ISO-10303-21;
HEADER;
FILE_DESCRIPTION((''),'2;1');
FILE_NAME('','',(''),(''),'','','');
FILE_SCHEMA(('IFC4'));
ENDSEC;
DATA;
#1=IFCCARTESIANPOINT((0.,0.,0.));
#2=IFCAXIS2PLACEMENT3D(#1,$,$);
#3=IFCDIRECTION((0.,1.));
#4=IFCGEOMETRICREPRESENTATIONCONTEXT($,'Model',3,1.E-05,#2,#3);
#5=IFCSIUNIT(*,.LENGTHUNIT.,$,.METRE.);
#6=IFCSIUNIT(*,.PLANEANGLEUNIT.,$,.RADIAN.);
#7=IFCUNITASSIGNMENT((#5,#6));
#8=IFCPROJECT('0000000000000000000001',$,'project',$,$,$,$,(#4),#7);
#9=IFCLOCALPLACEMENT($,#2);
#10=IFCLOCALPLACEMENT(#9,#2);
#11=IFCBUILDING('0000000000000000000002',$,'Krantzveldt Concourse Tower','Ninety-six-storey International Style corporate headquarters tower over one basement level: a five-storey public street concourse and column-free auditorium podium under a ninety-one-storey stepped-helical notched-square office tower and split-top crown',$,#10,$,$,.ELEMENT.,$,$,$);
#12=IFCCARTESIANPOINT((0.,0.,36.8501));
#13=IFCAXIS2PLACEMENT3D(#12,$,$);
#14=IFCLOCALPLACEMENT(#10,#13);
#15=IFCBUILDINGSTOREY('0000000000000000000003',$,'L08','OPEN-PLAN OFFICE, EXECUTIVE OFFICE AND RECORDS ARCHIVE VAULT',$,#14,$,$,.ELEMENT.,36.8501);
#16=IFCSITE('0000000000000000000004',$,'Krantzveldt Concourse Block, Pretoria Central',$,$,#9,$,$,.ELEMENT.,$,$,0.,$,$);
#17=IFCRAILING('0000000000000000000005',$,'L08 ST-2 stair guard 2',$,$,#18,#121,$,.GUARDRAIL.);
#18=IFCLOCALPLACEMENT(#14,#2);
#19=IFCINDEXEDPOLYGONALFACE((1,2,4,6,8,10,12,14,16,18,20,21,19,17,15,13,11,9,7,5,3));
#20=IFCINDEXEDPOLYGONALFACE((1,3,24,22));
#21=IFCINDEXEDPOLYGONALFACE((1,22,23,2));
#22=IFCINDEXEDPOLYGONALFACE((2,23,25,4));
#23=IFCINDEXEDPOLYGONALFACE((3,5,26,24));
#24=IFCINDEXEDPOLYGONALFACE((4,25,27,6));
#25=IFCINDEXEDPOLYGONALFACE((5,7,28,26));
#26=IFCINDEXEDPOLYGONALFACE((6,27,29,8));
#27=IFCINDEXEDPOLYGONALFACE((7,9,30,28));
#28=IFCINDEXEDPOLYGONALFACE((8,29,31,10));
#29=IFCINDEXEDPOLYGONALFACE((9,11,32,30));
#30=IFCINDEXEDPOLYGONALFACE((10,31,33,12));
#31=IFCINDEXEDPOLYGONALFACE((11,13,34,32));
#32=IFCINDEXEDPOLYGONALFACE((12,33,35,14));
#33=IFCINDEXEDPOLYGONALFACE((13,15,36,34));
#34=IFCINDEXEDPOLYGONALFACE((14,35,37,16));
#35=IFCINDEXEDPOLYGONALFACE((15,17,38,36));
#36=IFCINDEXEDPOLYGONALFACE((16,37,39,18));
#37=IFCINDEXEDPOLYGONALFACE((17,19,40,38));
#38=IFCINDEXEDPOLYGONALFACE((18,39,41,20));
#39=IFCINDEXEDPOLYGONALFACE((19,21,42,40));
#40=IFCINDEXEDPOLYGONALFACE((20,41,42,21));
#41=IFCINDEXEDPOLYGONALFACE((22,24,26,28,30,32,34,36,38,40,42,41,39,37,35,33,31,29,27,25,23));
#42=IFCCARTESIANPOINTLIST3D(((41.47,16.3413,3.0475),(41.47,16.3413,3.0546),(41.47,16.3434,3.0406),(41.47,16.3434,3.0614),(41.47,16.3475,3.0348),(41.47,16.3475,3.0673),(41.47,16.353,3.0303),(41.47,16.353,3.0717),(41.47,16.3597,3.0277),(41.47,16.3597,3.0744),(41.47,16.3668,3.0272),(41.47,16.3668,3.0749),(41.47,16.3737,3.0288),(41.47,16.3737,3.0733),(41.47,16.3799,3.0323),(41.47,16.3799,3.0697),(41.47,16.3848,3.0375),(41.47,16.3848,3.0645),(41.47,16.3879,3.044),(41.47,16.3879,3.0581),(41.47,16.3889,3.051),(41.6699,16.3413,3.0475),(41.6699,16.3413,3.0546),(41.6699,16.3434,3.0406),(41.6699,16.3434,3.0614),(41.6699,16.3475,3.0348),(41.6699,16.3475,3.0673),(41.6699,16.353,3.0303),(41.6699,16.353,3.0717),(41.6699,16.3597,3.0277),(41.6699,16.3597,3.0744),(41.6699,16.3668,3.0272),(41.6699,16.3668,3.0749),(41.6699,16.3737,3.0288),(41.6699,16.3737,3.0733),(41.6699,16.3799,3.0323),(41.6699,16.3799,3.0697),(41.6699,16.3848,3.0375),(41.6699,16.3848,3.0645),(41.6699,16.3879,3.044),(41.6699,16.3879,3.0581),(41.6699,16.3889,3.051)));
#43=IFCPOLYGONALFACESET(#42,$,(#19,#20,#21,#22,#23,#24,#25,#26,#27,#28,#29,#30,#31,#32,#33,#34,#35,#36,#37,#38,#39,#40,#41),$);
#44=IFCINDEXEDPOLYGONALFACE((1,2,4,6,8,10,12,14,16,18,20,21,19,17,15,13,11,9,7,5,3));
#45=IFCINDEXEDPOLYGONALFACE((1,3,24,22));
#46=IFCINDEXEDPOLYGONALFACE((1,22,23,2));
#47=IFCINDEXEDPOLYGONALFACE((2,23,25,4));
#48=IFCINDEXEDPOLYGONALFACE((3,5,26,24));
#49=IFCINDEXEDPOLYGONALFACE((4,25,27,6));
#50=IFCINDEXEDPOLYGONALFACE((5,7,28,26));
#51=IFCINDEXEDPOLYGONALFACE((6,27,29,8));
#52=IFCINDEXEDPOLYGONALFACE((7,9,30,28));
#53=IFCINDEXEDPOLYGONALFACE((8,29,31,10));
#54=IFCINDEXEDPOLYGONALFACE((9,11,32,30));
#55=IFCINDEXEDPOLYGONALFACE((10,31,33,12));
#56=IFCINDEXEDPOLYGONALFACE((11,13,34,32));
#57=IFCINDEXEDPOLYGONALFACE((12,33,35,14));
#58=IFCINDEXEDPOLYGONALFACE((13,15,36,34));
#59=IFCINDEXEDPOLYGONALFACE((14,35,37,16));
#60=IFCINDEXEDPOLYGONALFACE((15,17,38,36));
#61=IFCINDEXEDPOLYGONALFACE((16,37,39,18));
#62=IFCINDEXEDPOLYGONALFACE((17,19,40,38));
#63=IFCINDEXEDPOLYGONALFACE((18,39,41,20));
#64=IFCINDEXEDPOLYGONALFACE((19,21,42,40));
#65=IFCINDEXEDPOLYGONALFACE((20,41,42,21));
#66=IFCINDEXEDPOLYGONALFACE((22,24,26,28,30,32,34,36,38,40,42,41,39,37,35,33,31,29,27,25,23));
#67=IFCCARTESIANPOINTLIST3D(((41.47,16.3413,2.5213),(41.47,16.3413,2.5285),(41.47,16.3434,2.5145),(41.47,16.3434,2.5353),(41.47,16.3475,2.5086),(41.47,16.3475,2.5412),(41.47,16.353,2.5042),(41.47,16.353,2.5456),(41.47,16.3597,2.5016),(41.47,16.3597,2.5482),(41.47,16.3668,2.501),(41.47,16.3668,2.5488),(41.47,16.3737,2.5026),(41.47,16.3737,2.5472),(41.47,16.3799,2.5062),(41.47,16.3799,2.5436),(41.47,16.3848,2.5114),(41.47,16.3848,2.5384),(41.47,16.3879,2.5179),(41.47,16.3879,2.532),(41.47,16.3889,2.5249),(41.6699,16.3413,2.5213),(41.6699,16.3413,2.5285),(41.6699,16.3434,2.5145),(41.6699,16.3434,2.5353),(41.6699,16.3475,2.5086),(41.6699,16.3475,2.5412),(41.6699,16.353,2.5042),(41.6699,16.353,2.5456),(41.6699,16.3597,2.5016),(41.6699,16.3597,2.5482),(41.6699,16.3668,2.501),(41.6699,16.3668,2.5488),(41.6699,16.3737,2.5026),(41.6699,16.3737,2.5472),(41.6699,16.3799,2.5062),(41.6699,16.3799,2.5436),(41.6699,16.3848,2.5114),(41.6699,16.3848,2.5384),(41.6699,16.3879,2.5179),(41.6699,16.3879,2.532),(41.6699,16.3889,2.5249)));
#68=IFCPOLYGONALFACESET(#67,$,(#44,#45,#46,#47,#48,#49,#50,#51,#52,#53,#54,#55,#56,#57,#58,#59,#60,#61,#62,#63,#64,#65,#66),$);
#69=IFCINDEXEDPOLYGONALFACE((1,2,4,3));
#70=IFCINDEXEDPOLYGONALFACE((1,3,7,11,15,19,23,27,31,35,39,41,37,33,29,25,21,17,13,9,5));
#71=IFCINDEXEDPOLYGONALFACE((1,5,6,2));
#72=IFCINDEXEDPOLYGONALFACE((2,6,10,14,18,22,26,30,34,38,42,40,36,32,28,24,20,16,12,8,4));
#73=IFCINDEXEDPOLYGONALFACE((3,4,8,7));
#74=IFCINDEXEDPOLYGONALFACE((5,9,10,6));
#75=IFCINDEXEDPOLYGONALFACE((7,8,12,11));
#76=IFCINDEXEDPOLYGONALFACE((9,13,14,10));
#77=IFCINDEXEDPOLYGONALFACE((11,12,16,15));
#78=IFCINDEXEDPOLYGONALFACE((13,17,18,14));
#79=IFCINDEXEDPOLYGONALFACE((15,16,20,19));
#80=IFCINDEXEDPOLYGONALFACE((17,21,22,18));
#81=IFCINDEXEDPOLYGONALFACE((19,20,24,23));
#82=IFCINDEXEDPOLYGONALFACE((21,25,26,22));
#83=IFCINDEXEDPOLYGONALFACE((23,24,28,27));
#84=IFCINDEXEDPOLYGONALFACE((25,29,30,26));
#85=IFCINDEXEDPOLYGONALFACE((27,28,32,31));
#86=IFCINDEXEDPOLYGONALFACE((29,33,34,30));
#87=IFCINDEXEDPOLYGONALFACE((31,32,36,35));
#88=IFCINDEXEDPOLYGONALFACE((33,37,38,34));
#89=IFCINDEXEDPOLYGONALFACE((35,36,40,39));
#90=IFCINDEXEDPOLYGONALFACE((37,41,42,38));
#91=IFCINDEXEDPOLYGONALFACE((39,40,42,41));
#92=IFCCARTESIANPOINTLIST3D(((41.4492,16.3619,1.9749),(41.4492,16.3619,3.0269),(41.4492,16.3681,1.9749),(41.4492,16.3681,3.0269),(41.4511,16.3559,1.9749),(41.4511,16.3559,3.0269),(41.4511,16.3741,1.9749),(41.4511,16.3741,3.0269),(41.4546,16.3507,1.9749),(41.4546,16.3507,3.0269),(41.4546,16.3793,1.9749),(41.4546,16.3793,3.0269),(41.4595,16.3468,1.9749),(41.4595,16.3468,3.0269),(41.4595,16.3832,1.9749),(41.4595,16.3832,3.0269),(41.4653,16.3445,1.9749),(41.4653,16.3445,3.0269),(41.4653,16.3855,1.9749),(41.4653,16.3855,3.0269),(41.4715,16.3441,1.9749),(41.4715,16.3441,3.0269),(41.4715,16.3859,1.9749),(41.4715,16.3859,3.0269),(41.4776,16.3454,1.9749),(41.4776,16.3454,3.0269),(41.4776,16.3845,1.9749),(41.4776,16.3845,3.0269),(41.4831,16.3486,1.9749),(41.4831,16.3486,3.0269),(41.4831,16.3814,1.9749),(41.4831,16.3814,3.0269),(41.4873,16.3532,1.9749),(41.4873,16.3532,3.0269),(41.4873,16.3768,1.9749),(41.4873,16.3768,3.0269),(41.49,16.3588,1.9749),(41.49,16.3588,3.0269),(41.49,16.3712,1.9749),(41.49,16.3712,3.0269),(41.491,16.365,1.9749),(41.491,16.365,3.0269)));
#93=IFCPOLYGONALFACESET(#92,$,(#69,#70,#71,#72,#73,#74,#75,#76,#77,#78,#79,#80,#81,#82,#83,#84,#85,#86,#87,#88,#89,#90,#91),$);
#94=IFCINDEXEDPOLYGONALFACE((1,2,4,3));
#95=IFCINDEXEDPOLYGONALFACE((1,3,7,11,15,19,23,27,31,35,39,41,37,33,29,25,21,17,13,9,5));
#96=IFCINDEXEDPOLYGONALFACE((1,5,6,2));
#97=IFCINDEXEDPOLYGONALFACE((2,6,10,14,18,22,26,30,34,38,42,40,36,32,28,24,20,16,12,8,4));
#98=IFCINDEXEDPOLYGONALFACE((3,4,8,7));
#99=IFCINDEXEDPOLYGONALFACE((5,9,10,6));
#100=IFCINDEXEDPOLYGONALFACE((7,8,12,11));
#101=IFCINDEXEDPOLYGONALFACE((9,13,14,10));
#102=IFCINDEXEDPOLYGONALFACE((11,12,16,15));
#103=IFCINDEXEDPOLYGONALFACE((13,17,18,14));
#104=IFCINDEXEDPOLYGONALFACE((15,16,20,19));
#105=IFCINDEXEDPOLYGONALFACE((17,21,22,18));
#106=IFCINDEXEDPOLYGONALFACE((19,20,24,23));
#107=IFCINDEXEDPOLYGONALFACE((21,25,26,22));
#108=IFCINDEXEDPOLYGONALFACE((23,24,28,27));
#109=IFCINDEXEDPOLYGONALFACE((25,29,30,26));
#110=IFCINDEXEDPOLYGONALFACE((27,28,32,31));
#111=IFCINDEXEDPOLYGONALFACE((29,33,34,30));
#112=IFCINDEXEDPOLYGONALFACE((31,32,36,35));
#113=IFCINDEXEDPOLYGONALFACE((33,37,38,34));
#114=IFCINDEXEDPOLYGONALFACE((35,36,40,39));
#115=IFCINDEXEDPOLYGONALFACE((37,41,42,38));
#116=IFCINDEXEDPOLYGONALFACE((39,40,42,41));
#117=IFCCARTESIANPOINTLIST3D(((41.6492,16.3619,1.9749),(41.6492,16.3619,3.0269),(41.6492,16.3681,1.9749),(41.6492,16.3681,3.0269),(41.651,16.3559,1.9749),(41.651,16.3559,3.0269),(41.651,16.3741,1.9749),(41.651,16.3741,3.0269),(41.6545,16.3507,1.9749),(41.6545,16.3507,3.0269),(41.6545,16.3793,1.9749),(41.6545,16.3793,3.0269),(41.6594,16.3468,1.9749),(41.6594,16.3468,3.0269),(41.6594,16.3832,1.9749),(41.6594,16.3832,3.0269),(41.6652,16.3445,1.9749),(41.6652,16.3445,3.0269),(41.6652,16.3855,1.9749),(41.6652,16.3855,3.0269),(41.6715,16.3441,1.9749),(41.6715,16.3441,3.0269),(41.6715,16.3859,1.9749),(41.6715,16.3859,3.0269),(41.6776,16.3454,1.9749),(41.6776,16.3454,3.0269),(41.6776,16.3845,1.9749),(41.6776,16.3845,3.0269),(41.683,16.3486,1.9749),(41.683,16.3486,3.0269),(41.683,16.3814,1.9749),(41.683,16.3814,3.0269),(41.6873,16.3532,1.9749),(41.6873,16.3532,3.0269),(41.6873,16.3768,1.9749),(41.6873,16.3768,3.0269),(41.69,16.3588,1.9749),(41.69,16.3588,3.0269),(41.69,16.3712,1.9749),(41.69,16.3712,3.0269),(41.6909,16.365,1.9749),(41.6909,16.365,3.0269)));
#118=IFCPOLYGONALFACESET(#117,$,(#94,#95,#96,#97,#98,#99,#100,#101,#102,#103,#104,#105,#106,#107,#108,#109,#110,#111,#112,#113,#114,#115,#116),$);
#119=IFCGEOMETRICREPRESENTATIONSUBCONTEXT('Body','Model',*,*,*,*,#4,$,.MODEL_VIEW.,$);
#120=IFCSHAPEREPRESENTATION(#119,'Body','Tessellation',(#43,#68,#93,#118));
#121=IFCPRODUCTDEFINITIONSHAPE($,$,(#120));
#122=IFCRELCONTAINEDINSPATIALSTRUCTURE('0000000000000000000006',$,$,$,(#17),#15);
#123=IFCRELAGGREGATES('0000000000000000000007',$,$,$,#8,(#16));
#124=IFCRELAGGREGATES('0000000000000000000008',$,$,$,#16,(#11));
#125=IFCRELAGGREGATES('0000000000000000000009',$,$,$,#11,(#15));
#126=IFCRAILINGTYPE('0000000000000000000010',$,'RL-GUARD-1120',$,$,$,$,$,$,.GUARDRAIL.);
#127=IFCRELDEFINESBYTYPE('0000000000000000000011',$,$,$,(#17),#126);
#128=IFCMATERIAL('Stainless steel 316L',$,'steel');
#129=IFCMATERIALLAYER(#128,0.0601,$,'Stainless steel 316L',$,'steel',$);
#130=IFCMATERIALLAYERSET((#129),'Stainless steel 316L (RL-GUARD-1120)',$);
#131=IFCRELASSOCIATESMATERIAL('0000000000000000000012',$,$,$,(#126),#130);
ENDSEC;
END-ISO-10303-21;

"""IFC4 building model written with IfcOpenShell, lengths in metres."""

from ifc_helpers import new_model, si_unit, direction, frame, origin, origin_2d, place, context, subcontext, project, spatial, circle, extrude, material, layer, layer_set, type_object, element, save


model = new_model("IFC4")

# Units and contexts
model_context = context("Model", 3, precision=1e-05, world=origin(), true_north=direction((0.0, 1.0)))
body_context = subcontext(model_context, "Body", "Model", "MODEL_VIEW")
ifc_project = project(units=[si_unit("LENGTHUNIT", "METRE"), si_unit("PLANEANGLEUNIT", "RADIAN")], contexts=[model_context])

# Site, building, storey
site_placement = place(None, origin())
site = spatial("IfcSite", under=ifc_project, at=site_placement, Name="Krantzveldt Concourse Block, Pretoria Central", CompositionType="ELEMENT", RefElevation=0.0)
building_placement = place(site_placement, origin())
building = spatial("IfcBuilding", under=site, at=building_placement, Name="Krantzveldt Concourse Tower", Description="Ninety-six-storey International Style corporate headquarters tower over one basement level: a five-storey public street concourse and column-free auditorium podium under a ninety-one-storey stepped-helical notched-square office tower and split-top crown", CompositionType="ELEMENT")
storey_placement = place(building_placement, frame((0.0, 0.0, 36.8501)))
storey = spatial("IfcBuildingStorey", under=building, at=storey_placement, Name="L08", Description="OPEN-PLAN OFFICE, EXECUTIVE OFFICE AND RECORDS ARCHIVE VAULT", CompositionType="ELEMENT", Elevation=36.8501)

# Shared definitions
ifc_material_1 = material(Name="Stainless steel 316L", Category="steel")

# Railing
ifc_layer_1 = layer(ifc_material_1, 0.0601, Name="Stainless steel 316L", Category="steel")
ifc_layer_set_1 = layer_set([ifc_layer_1], Name="Stainless steel 316L (RL-GUARD-1120)")
railing_type_1 = type_object("IfcRailingType", Name="RL-GUARD-1120", PredefinedType="GUARDRAIL", material=ifc_layer_set_1)
railing_1_placement = place(storey_placement, frame((41.47, 16.365, 1.9749)))
element("IfcRailing", 1, at=railing_1_placement, inside=storey, type_object=railing_type_1, Name="L08 ST-2 stair guard 2", PredefinedType="GUARDRAIL", context=body_context, shape_type="SweptSolid", body=[
    extrude(circle(Radius=0.0239, at=origin_2d()), frame((0.0, 0.0, 1.0762), z_axis=(1.0, 0.0, 0.0), x_axis=(0.0, 1.0, 0.0)), (0.0, 0.0, 1.0), 0.2),
    extrude(circle(Radius=0.0239, at=origin_2d()), frame((0.0, 0.0, 0.55), z_axis=(1.0, 0.0, 0.0), x_axis=(0.0, 1.0, 0.0)), (0.0, 0.0, 1.0), 0.2),
    extrude(circle(Radius=0.021, at=origin_2d()), origin(), (0.0, 0.0, 1.0), 1.052),
    extrude(circle(Radius=0.021, at=origin_2d()), frame((0.2, 0.0, 0.0)), (0.0, 0.0, 1.0), 1.052),
])

save(model, "model.ifc")
